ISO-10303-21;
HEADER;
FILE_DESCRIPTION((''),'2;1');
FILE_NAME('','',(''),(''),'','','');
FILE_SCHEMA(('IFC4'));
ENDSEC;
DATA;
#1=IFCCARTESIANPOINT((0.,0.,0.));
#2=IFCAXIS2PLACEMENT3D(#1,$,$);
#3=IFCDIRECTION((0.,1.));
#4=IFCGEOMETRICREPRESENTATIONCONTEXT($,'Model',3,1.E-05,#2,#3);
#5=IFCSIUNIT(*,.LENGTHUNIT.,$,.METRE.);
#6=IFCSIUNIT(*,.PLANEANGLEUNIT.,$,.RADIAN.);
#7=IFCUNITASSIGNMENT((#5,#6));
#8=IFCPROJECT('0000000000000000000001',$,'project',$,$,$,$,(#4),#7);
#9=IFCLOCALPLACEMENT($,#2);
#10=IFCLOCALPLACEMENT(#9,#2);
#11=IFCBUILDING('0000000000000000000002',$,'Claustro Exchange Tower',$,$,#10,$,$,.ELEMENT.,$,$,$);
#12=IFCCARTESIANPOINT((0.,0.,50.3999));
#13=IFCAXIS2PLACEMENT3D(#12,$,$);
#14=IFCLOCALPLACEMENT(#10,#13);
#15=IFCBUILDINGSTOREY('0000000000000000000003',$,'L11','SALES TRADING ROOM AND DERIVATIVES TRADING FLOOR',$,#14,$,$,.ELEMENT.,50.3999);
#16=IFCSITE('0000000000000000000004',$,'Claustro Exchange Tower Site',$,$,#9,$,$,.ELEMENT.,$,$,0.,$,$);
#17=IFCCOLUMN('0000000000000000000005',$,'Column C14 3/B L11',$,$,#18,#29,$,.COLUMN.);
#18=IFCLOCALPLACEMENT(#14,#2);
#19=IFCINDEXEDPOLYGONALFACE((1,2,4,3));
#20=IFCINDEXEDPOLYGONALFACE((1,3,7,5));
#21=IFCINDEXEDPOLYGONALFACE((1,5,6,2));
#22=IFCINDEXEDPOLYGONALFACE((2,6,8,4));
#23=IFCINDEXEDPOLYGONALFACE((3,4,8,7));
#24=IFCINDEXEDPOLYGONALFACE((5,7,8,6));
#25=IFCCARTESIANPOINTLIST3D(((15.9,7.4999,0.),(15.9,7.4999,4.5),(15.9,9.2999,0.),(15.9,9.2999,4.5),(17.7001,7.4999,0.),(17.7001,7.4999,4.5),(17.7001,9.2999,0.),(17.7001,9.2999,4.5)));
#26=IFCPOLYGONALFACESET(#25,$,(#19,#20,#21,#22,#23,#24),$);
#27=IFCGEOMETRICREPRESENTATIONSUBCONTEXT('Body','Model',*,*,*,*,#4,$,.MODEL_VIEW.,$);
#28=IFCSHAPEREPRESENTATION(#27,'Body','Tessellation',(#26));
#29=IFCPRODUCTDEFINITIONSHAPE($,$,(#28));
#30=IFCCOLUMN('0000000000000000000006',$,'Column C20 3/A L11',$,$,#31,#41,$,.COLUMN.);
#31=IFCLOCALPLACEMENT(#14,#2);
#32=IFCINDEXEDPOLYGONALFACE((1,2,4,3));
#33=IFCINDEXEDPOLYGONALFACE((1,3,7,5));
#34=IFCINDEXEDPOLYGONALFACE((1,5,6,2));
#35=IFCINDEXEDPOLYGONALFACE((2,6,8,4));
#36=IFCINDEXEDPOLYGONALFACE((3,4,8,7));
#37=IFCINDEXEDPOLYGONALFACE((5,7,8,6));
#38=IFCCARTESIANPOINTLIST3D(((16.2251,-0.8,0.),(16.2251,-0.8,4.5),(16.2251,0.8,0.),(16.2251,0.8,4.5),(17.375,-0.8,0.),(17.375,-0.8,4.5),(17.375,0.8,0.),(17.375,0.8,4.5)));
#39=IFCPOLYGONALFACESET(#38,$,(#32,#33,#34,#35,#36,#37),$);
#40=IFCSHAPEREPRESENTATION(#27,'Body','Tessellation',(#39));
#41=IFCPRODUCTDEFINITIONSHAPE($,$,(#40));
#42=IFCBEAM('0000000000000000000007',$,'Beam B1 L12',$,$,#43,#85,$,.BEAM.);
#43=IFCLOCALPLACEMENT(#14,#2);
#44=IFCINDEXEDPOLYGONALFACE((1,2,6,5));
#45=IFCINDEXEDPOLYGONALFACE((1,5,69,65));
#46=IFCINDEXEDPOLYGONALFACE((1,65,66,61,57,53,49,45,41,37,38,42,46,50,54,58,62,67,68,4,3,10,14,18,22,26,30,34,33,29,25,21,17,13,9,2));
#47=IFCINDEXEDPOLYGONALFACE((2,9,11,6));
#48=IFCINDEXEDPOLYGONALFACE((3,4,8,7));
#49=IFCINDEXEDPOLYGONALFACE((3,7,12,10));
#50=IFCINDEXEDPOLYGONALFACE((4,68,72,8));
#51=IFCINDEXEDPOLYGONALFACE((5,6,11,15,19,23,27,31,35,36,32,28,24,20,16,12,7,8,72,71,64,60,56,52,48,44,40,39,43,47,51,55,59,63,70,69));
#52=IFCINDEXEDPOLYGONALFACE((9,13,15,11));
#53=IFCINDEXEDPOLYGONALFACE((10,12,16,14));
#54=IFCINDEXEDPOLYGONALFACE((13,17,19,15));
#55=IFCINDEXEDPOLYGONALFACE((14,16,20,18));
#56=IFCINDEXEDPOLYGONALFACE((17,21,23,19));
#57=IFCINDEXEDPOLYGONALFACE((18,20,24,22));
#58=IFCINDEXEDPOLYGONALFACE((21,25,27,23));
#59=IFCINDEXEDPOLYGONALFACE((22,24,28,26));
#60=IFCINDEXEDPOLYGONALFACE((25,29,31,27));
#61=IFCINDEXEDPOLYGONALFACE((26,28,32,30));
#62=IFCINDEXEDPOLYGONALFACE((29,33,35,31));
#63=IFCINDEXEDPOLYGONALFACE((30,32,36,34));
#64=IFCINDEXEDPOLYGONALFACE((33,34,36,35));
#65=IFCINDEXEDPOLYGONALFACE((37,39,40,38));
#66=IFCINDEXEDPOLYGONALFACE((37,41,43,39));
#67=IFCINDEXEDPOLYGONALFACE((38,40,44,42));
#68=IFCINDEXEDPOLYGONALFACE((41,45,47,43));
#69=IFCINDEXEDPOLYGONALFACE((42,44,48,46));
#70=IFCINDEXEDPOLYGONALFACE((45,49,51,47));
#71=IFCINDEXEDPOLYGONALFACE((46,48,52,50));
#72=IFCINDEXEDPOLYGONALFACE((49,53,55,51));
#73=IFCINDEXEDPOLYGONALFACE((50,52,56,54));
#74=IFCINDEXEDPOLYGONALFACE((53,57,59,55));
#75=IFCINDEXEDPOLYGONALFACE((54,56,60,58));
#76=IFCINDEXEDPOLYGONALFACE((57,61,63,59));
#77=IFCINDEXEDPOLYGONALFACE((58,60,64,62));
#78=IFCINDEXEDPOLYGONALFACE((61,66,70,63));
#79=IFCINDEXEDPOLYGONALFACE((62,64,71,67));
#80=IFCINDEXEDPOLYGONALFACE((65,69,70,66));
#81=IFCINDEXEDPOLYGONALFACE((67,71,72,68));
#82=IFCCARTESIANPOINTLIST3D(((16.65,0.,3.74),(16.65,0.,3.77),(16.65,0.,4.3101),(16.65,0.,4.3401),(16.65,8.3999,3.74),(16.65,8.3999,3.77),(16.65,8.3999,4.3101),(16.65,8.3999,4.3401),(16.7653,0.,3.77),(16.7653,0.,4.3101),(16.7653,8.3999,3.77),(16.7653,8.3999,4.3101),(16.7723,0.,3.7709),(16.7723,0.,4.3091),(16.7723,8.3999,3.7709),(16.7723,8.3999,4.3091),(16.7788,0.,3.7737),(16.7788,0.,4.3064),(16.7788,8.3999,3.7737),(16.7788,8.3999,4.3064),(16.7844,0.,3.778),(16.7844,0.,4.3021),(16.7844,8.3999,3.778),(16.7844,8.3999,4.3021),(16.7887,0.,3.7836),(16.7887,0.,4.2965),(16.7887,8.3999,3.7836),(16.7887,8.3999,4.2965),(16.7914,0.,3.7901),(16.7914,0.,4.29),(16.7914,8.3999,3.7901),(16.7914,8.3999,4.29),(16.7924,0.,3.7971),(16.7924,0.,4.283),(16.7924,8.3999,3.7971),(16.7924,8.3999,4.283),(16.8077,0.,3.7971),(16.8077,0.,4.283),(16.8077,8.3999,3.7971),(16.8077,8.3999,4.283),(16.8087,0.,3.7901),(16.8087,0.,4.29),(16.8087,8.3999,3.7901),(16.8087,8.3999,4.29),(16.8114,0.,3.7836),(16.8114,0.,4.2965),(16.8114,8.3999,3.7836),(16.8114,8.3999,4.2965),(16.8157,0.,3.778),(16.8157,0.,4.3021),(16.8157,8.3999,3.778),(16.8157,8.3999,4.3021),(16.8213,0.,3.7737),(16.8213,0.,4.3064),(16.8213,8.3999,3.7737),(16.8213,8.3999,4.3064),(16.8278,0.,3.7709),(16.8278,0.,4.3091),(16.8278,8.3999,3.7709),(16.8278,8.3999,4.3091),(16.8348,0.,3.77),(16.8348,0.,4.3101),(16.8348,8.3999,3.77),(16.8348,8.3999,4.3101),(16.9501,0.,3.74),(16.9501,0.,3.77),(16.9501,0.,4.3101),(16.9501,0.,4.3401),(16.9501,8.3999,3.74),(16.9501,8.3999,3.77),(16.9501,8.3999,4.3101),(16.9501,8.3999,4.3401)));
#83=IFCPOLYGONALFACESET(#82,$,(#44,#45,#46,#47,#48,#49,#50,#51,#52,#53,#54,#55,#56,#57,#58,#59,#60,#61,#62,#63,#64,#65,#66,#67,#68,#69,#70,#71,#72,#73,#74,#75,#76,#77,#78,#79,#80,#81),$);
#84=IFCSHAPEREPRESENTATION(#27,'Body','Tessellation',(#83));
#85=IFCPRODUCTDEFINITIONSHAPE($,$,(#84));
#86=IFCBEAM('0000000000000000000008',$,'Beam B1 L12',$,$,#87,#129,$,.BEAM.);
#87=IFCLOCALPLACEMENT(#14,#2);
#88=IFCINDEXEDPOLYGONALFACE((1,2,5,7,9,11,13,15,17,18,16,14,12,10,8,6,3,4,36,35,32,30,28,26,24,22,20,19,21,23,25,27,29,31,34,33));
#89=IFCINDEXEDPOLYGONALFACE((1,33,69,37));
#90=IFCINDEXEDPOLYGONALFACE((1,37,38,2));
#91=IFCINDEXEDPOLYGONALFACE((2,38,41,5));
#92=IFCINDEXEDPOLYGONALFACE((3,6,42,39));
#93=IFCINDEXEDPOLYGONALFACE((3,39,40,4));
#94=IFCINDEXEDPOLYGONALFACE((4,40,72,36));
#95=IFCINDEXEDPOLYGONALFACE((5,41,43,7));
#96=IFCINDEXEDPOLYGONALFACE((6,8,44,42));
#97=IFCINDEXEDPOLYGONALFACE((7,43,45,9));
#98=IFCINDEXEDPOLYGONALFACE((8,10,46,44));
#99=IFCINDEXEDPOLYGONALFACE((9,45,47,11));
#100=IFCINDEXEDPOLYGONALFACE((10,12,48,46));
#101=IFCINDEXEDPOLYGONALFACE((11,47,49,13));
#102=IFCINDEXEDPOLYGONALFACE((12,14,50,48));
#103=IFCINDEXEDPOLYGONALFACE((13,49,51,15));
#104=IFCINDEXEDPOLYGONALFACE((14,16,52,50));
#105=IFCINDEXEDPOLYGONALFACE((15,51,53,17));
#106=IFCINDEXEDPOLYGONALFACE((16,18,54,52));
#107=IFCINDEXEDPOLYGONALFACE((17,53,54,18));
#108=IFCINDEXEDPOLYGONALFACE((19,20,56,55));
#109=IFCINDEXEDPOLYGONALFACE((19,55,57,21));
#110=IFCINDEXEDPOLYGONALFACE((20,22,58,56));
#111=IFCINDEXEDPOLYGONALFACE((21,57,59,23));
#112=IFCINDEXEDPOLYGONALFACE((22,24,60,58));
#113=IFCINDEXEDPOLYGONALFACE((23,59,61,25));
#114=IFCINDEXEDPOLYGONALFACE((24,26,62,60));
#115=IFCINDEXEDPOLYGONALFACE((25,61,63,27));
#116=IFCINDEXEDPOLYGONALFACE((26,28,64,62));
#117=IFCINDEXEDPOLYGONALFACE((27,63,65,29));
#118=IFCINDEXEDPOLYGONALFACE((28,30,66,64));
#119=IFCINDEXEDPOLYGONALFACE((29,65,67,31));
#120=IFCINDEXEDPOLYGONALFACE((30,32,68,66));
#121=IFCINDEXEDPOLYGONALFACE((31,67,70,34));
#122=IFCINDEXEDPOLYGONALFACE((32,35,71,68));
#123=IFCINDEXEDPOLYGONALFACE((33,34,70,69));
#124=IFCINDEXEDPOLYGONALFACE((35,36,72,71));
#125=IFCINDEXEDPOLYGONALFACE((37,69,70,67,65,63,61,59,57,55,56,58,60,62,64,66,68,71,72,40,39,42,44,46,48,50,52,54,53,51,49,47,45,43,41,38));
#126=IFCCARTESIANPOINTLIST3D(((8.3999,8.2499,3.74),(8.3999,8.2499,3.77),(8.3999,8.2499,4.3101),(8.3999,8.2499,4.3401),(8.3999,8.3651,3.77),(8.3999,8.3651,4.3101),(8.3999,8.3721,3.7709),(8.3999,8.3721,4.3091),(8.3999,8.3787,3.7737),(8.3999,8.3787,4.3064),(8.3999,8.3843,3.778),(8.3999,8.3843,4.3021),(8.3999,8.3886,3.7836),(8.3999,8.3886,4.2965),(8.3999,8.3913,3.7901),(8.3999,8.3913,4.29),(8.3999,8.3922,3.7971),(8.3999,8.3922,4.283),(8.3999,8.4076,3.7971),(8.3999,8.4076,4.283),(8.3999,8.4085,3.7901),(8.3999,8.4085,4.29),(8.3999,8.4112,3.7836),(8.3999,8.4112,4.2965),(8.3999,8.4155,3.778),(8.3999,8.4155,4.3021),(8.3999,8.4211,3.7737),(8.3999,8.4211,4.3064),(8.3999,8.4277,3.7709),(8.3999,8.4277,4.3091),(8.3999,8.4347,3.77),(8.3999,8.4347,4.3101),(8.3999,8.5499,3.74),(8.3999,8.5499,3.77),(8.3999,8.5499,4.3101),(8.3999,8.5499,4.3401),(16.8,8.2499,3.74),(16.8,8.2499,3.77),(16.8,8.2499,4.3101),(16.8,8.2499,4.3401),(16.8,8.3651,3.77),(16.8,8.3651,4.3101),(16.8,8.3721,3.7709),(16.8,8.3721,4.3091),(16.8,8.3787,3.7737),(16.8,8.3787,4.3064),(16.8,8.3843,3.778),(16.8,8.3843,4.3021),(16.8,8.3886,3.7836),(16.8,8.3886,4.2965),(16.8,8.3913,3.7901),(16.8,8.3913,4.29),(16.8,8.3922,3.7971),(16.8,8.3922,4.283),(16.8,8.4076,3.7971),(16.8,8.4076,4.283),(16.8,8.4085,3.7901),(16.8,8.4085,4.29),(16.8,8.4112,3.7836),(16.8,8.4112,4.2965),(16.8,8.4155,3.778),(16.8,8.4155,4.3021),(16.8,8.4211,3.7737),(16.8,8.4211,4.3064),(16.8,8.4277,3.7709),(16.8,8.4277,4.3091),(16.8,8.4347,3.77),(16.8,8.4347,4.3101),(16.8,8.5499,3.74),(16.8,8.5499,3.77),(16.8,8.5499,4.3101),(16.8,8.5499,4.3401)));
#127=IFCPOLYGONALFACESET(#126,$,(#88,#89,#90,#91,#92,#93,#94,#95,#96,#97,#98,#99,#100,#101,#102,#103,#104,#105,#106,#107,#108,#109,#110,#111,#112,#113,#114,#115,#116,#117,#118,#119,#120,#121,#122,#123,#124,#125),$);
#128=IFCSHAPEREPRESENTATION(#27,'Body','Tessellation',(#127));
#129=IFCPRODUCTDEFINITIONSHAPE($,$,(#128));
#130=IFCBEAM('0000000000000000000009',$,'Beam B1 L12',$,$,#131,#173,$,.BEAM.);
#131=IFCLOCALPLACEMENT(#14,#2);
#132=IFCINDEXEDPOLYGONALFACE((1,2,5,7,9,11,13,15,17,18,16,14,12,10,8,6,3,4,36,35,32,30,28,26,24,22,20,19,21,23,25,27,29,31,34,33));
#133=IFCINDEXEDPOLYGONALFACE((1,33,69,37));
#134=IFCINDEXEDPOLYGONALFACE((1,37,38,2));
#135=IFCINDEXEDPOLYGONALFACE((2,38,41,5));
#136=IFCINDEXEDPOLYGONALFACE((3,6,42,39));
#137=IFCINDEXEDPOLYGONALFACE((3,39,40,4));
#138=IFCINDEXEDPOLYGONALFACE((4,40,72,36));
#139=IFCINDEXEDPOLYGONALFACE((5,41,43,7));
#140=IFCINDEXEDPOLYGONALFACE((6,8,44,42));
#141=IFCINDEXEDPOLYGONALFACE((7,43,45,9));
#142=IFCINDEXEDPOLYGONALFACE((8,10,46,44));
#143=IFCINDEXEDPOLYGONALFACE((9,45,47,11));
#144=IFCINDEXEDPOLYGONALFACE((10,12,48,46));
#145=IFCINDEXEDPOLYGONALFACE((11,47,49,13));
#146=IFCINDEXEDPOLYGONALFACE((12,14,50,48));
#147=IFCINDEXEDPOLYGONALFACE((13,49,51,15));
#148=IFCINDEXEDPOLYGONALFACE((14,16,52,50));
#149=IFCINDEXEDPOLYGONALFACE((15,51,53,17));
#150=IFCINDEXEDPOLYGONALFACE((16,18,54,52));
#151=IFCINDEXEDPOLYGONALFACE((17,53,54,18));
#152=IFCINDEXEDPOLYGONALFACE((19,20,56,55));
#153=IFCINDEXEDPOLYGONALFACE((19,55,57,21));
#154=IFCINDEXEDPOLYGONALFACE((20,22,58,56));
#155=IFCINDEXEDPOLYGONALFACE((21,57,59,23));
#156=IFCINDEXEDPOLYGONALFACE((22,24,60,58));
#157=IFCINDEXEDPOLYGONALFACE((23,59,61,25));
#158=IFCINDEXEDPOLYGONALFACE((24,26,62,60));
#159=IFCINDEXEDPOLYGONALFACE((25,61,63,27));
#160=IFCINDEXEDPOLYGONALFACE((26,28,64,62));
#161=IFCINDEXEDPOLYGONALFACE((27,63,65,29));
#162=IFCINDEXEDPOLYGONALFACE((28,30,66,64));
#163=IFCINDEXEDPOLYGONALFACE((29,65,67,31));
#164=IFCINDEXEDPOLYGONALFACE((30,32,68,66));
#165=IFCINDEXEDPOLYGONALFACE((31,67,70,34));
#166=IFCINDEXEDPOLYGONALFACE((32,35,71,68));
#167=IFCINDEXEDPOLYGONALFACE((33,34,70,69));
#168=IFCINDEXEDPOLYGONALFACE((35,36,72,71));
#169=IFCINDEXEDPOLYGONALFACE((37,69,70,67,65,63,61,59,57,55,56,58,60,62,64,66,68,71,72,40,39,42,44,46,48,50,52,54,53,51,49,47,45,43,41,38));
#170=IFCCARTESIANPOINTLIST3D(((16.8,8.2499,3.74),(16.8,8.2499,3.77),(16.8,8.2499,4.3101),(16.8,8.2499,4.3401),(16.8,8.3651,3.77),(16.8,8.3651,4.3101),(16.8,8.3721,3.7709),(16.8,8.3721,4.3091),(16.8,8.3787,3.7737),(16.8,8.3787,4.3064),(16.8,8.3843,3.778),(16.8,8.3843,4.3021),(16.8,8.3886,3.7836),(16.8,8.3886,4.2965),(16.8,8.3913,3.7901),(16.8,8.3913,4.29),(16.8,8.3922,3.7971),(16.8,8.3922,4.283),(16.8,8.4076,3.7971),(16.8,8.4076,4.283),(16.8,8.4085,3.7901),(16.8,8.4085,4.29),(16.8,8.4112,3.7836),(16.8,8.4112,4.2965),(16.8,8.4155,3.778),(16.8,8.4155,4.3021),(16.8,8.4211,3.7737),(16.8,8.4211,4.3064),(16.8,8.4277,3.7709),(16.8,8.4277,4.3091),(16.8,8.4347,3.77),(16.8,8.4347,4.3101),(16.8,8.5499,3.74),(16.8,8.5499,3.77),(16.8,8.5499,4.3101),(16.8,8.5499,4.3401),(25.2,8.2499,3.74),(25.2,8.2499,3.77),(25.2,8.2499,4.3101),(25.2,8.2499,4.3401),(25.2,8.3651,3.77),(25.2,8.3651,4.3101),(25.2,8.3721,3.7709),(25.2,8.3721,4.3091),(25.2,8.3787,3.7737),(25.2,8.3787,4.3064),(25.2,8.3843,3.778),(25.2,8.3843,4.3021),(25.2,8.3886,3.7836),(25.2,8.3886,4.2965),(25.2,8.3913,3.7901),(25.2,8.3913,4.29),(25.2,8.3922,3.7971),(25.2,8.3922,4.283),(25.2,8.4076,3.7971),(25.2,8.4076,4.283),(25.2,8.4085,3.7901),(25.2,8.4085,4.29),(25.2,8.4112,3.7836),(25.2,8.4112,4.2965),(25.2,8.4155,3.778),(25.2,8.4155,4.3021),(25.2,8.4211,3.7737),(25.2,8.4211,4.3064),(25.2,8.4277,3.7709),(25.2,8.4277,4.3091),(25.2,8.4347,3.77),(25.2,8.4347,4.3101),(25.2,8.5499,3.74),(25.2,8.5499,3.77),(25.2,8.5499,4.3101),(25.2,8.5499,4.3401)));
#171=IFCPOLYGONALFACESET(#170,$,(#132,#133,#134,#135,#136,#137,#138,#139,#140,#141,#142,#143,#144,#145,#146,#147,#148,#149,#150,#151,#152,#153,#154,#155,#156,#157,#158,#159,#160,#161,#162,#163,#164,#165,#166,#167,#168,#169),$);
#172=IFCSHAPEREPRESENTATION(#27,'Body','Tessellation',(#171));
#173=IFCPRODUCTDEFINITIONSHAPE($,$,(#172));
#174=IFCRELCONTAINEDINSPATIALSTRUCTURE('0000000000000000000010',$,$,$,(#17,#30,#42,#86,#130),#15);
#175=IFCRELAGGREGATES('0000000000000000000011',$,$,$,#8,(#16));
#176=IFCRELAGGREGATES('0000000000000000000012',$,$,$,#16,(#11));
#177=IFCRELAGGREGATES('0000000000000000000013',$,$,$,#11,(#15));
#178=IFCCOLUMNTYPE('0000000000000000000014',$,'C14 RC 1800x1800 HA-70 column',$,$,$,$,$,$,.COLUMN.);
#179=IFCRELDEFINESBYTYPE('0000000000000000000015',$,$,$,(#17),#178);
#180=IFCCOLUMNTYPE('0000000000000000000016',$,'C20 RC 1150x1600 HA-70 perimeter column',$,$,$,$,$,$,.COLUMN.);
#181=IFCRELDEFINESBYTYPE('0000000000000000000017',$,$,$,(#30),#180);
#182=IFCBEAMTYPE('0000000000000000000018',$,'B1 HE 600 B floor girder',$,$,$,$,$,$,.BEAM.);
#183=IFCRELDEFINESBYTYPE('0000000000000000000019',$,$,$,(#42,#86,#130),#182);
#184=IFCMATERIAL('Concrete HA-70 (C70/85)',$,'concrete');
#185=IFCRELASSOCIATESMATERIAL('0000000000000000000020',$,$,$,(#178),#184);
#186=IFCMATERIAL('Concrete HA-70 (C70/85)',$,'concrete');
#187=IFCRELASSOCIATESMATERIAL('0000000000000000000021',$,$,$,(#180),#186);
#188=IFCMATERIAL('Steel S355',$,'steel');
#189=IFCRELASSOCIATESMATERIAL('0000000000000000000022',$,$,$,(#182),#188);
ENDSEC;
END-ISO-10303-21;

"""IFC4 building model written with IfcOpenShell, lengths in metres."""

from ifc_helpers import new_model, si_unit, direction, frame, origin, origin_2d, place, context, subcontext, project, spatial, rectangle, i_section, extrude, material, material_profile, profile_set, type_object, element, save


model = new_model("IFC4")

# Units and contexts
model_context = context("Model", 3, precision=1e-05, world=origin(), true_north=direction((0.0, 1.0)))
body_context = subcontext(model_context, "Body", "Model", "MODEL_VIEW")
ifc_project = project(units=[si_unit("LENGTHUNIT", "METRE"), si_unit("PLANEANGLEUNIT", "RADIAN")], contexts=[model_context])

# Site, building, storey
site_placement = place(None, origin())
site = spatial("IfcSite", under=ifc_project, at=site_placement, Name="Claustro Exchange Tower Site", CompositionType="ELEMENT", RefElevation=0.0)
building_placement = place(site_placement, origin())
building = spatial("IfcBuilding", under=site, at=building_placement, Name="Claustro Exchange Tower", CompositionType="ELEMENT")
storey_placement = place(building_placement, frame((0.0, 0.0, 50.3999)))
storey = spatial("IfcBuildingStorey", under=building, at=storey_placement, Name="L11", Description="SALES TRADING ROOM AND DERIVATIVES TRADING FLOOR", CompositionType="ELEMENT", Elevation=50.3999)

# Columns
ifc_material_1 = material(Name="Concrete HA-70 (C70/85)", Category="concrete")
ifc_material_profile_1 = material_profile(ifc_material_1, rectangle(XDim=1.8, YDim=1.8, at=origin_2d()), Name="RC 1800x1800")
ifc_profile_set_1 = profile_set([ifc_material_profile_1], Name="Concrete HA-70 (C70/85)")
column_type_1 = type_object("IfcColumnType", Name="C14 RC 1800x1800 HA-70 column", PredefinedType="COLUMN", material=ifc_profile_set_1)
column_1_placement = place(storey_placement, frame((16.8, 8.3999, 0.0), z_axis=(0.0, 0.0, 1.0), x_axis=(1.0, 0.0, 0.0)))
element("IfcColumn", 1, at=column_1_placement, inside=storey, type_object=column_type_1, Name="Column C14 3/B L11", PredefinedType="COLUMN", context=body_context, shape_type="SweptSolid", body=[
    extrude(rectangle(XDim=1.8, YDim=1.8, at=origin_2d()), origin(), (0.0, 0.0, 1.0), 4.5),
])
ifc_material_2 = material(Name="Concrete HA-70 (C70/85)", Category="concrete")
ifc_material_profile_2 = material_profile(ifc_material_2, rectangle(XDim=1.1499, YDim=1.6001, at=origin_2d()), Name="RC 1150x1600")
ifc_profile_set_2 = profile_set([ifc_material_profile_2], Name="Concrete HA-70 (C70/85)")
column_type_2 = type_object("IfcColumnType", Name="C20 RC 1150x1600 HA-70 perimeter column", PredefinedType="COLUMN", material=ifc_profile_set_2)
column_2_placement = place(storey_placement, frame((16.8, 0.0, 0.0), z_axis=(0.0, 0.0, 1.0), x_axis=(1.0, 0.0, 0.0)))
element("IfcColumn", 2, at=column_2_placement, inside=storey, type_object=column_type_2, Name="Column C20 3/A L11", PredefinedType="COLUMN", context=body_context, shape_type="SweptSolid", body=[
    extrude(rectangle(XDim=1.1499, YDim=1.6001, at=origin_2d()), origin(), (0.0, 0.0, 1.0), 4.5),
])

# Beams
ifc_material_3 = material(Name="Steel S355", Category="steel")
ifc_material_profile_3 = material_profile(ifc_material_3, i_section(OverallWidth=0.3, OverallDepth=0.6001, WebThickness=0.0154, FlangeThickness=0.03, FilletRadius=0.0271, at=origin_2d()), Name="HE 600 B")
ifc_profile_set_3 = profile_set([ifc_material_profile_3], Name="Steel S355")
beam_type_1 = type_object("IfcBeamType", Name="B1 HE 600 B floor girder", PredefinedType="BEAM", material=ifc_profile_set_3)
beam_1_placement = place(storey_placement, frame((16.8, 0.0, 4.04), z_axis=(0.0, 1.0, 0.0), x_axis=(-1.0, 0.0, 0.0)))
element("IfcBeam", 3, at=beam_1_placement, inside=storey, type_object=beam_type_1, Name="Beam B1 L12", PredefinedType="BEAM", context=body_context, shape_type="SweptSolid", body=[
    extrude(i_section(OverallWidth=0.3, OverallDepth=0.6001, WebThickness=0.0154, FlangeThickness=0.03, FilletRadius=0.0271, at=origin_2d()), origin(), (0.0, 0.0, 1.0), 8.3999),
])
beam_2_placement = place(storey_placement, frame((8.3999, 8.3999, 4.04), z_axis=(1.0, 0.0, 0.0), x_axis=(0.0, 1.0, 0.0)))
element("IfcBeam", 4, at=beam_2_placement, inside=storey, type_object=beam_type_1, Name="Beam B1 L12", PredefinedType="BEAM", context=body_context, shape_type="SweptSolid", body=[
    extrude(i_section(OverallWidth=0.3, OverallDepth=0.6001, WebThickness=0.0154, FlangeThickness=0.03, FilletRadius=0.0271, at=origin_2d()), origin(), (0.0, 0.0, 1.0), 8.4001),
])
beam_3_placement = place(storey_placement, frame((16.8, 8.3999, 4.04), z_axis=(1.0, 0.0, 0.0), x_axis=(0.0, 1.0, 0.0)))
element("IfcBeam", 5, at=beam_3_placement, inside=storey, type_object=beam_type_1, Name="Beam B1 L12", PredefinedType="BEAM", context=body_context, shape_type="SweptSolid", body=[
    extrude(i_section(OverallWidth=0.3, OverallDepth=0.6001, WebThickness=0.0154, FlangeThickness=0.03, FilletRadius=0.0271, at=origin_2d()), origin(), (0.0, 0.0, 1.0), 8.3999),
])

save(model, "model.ifc")
